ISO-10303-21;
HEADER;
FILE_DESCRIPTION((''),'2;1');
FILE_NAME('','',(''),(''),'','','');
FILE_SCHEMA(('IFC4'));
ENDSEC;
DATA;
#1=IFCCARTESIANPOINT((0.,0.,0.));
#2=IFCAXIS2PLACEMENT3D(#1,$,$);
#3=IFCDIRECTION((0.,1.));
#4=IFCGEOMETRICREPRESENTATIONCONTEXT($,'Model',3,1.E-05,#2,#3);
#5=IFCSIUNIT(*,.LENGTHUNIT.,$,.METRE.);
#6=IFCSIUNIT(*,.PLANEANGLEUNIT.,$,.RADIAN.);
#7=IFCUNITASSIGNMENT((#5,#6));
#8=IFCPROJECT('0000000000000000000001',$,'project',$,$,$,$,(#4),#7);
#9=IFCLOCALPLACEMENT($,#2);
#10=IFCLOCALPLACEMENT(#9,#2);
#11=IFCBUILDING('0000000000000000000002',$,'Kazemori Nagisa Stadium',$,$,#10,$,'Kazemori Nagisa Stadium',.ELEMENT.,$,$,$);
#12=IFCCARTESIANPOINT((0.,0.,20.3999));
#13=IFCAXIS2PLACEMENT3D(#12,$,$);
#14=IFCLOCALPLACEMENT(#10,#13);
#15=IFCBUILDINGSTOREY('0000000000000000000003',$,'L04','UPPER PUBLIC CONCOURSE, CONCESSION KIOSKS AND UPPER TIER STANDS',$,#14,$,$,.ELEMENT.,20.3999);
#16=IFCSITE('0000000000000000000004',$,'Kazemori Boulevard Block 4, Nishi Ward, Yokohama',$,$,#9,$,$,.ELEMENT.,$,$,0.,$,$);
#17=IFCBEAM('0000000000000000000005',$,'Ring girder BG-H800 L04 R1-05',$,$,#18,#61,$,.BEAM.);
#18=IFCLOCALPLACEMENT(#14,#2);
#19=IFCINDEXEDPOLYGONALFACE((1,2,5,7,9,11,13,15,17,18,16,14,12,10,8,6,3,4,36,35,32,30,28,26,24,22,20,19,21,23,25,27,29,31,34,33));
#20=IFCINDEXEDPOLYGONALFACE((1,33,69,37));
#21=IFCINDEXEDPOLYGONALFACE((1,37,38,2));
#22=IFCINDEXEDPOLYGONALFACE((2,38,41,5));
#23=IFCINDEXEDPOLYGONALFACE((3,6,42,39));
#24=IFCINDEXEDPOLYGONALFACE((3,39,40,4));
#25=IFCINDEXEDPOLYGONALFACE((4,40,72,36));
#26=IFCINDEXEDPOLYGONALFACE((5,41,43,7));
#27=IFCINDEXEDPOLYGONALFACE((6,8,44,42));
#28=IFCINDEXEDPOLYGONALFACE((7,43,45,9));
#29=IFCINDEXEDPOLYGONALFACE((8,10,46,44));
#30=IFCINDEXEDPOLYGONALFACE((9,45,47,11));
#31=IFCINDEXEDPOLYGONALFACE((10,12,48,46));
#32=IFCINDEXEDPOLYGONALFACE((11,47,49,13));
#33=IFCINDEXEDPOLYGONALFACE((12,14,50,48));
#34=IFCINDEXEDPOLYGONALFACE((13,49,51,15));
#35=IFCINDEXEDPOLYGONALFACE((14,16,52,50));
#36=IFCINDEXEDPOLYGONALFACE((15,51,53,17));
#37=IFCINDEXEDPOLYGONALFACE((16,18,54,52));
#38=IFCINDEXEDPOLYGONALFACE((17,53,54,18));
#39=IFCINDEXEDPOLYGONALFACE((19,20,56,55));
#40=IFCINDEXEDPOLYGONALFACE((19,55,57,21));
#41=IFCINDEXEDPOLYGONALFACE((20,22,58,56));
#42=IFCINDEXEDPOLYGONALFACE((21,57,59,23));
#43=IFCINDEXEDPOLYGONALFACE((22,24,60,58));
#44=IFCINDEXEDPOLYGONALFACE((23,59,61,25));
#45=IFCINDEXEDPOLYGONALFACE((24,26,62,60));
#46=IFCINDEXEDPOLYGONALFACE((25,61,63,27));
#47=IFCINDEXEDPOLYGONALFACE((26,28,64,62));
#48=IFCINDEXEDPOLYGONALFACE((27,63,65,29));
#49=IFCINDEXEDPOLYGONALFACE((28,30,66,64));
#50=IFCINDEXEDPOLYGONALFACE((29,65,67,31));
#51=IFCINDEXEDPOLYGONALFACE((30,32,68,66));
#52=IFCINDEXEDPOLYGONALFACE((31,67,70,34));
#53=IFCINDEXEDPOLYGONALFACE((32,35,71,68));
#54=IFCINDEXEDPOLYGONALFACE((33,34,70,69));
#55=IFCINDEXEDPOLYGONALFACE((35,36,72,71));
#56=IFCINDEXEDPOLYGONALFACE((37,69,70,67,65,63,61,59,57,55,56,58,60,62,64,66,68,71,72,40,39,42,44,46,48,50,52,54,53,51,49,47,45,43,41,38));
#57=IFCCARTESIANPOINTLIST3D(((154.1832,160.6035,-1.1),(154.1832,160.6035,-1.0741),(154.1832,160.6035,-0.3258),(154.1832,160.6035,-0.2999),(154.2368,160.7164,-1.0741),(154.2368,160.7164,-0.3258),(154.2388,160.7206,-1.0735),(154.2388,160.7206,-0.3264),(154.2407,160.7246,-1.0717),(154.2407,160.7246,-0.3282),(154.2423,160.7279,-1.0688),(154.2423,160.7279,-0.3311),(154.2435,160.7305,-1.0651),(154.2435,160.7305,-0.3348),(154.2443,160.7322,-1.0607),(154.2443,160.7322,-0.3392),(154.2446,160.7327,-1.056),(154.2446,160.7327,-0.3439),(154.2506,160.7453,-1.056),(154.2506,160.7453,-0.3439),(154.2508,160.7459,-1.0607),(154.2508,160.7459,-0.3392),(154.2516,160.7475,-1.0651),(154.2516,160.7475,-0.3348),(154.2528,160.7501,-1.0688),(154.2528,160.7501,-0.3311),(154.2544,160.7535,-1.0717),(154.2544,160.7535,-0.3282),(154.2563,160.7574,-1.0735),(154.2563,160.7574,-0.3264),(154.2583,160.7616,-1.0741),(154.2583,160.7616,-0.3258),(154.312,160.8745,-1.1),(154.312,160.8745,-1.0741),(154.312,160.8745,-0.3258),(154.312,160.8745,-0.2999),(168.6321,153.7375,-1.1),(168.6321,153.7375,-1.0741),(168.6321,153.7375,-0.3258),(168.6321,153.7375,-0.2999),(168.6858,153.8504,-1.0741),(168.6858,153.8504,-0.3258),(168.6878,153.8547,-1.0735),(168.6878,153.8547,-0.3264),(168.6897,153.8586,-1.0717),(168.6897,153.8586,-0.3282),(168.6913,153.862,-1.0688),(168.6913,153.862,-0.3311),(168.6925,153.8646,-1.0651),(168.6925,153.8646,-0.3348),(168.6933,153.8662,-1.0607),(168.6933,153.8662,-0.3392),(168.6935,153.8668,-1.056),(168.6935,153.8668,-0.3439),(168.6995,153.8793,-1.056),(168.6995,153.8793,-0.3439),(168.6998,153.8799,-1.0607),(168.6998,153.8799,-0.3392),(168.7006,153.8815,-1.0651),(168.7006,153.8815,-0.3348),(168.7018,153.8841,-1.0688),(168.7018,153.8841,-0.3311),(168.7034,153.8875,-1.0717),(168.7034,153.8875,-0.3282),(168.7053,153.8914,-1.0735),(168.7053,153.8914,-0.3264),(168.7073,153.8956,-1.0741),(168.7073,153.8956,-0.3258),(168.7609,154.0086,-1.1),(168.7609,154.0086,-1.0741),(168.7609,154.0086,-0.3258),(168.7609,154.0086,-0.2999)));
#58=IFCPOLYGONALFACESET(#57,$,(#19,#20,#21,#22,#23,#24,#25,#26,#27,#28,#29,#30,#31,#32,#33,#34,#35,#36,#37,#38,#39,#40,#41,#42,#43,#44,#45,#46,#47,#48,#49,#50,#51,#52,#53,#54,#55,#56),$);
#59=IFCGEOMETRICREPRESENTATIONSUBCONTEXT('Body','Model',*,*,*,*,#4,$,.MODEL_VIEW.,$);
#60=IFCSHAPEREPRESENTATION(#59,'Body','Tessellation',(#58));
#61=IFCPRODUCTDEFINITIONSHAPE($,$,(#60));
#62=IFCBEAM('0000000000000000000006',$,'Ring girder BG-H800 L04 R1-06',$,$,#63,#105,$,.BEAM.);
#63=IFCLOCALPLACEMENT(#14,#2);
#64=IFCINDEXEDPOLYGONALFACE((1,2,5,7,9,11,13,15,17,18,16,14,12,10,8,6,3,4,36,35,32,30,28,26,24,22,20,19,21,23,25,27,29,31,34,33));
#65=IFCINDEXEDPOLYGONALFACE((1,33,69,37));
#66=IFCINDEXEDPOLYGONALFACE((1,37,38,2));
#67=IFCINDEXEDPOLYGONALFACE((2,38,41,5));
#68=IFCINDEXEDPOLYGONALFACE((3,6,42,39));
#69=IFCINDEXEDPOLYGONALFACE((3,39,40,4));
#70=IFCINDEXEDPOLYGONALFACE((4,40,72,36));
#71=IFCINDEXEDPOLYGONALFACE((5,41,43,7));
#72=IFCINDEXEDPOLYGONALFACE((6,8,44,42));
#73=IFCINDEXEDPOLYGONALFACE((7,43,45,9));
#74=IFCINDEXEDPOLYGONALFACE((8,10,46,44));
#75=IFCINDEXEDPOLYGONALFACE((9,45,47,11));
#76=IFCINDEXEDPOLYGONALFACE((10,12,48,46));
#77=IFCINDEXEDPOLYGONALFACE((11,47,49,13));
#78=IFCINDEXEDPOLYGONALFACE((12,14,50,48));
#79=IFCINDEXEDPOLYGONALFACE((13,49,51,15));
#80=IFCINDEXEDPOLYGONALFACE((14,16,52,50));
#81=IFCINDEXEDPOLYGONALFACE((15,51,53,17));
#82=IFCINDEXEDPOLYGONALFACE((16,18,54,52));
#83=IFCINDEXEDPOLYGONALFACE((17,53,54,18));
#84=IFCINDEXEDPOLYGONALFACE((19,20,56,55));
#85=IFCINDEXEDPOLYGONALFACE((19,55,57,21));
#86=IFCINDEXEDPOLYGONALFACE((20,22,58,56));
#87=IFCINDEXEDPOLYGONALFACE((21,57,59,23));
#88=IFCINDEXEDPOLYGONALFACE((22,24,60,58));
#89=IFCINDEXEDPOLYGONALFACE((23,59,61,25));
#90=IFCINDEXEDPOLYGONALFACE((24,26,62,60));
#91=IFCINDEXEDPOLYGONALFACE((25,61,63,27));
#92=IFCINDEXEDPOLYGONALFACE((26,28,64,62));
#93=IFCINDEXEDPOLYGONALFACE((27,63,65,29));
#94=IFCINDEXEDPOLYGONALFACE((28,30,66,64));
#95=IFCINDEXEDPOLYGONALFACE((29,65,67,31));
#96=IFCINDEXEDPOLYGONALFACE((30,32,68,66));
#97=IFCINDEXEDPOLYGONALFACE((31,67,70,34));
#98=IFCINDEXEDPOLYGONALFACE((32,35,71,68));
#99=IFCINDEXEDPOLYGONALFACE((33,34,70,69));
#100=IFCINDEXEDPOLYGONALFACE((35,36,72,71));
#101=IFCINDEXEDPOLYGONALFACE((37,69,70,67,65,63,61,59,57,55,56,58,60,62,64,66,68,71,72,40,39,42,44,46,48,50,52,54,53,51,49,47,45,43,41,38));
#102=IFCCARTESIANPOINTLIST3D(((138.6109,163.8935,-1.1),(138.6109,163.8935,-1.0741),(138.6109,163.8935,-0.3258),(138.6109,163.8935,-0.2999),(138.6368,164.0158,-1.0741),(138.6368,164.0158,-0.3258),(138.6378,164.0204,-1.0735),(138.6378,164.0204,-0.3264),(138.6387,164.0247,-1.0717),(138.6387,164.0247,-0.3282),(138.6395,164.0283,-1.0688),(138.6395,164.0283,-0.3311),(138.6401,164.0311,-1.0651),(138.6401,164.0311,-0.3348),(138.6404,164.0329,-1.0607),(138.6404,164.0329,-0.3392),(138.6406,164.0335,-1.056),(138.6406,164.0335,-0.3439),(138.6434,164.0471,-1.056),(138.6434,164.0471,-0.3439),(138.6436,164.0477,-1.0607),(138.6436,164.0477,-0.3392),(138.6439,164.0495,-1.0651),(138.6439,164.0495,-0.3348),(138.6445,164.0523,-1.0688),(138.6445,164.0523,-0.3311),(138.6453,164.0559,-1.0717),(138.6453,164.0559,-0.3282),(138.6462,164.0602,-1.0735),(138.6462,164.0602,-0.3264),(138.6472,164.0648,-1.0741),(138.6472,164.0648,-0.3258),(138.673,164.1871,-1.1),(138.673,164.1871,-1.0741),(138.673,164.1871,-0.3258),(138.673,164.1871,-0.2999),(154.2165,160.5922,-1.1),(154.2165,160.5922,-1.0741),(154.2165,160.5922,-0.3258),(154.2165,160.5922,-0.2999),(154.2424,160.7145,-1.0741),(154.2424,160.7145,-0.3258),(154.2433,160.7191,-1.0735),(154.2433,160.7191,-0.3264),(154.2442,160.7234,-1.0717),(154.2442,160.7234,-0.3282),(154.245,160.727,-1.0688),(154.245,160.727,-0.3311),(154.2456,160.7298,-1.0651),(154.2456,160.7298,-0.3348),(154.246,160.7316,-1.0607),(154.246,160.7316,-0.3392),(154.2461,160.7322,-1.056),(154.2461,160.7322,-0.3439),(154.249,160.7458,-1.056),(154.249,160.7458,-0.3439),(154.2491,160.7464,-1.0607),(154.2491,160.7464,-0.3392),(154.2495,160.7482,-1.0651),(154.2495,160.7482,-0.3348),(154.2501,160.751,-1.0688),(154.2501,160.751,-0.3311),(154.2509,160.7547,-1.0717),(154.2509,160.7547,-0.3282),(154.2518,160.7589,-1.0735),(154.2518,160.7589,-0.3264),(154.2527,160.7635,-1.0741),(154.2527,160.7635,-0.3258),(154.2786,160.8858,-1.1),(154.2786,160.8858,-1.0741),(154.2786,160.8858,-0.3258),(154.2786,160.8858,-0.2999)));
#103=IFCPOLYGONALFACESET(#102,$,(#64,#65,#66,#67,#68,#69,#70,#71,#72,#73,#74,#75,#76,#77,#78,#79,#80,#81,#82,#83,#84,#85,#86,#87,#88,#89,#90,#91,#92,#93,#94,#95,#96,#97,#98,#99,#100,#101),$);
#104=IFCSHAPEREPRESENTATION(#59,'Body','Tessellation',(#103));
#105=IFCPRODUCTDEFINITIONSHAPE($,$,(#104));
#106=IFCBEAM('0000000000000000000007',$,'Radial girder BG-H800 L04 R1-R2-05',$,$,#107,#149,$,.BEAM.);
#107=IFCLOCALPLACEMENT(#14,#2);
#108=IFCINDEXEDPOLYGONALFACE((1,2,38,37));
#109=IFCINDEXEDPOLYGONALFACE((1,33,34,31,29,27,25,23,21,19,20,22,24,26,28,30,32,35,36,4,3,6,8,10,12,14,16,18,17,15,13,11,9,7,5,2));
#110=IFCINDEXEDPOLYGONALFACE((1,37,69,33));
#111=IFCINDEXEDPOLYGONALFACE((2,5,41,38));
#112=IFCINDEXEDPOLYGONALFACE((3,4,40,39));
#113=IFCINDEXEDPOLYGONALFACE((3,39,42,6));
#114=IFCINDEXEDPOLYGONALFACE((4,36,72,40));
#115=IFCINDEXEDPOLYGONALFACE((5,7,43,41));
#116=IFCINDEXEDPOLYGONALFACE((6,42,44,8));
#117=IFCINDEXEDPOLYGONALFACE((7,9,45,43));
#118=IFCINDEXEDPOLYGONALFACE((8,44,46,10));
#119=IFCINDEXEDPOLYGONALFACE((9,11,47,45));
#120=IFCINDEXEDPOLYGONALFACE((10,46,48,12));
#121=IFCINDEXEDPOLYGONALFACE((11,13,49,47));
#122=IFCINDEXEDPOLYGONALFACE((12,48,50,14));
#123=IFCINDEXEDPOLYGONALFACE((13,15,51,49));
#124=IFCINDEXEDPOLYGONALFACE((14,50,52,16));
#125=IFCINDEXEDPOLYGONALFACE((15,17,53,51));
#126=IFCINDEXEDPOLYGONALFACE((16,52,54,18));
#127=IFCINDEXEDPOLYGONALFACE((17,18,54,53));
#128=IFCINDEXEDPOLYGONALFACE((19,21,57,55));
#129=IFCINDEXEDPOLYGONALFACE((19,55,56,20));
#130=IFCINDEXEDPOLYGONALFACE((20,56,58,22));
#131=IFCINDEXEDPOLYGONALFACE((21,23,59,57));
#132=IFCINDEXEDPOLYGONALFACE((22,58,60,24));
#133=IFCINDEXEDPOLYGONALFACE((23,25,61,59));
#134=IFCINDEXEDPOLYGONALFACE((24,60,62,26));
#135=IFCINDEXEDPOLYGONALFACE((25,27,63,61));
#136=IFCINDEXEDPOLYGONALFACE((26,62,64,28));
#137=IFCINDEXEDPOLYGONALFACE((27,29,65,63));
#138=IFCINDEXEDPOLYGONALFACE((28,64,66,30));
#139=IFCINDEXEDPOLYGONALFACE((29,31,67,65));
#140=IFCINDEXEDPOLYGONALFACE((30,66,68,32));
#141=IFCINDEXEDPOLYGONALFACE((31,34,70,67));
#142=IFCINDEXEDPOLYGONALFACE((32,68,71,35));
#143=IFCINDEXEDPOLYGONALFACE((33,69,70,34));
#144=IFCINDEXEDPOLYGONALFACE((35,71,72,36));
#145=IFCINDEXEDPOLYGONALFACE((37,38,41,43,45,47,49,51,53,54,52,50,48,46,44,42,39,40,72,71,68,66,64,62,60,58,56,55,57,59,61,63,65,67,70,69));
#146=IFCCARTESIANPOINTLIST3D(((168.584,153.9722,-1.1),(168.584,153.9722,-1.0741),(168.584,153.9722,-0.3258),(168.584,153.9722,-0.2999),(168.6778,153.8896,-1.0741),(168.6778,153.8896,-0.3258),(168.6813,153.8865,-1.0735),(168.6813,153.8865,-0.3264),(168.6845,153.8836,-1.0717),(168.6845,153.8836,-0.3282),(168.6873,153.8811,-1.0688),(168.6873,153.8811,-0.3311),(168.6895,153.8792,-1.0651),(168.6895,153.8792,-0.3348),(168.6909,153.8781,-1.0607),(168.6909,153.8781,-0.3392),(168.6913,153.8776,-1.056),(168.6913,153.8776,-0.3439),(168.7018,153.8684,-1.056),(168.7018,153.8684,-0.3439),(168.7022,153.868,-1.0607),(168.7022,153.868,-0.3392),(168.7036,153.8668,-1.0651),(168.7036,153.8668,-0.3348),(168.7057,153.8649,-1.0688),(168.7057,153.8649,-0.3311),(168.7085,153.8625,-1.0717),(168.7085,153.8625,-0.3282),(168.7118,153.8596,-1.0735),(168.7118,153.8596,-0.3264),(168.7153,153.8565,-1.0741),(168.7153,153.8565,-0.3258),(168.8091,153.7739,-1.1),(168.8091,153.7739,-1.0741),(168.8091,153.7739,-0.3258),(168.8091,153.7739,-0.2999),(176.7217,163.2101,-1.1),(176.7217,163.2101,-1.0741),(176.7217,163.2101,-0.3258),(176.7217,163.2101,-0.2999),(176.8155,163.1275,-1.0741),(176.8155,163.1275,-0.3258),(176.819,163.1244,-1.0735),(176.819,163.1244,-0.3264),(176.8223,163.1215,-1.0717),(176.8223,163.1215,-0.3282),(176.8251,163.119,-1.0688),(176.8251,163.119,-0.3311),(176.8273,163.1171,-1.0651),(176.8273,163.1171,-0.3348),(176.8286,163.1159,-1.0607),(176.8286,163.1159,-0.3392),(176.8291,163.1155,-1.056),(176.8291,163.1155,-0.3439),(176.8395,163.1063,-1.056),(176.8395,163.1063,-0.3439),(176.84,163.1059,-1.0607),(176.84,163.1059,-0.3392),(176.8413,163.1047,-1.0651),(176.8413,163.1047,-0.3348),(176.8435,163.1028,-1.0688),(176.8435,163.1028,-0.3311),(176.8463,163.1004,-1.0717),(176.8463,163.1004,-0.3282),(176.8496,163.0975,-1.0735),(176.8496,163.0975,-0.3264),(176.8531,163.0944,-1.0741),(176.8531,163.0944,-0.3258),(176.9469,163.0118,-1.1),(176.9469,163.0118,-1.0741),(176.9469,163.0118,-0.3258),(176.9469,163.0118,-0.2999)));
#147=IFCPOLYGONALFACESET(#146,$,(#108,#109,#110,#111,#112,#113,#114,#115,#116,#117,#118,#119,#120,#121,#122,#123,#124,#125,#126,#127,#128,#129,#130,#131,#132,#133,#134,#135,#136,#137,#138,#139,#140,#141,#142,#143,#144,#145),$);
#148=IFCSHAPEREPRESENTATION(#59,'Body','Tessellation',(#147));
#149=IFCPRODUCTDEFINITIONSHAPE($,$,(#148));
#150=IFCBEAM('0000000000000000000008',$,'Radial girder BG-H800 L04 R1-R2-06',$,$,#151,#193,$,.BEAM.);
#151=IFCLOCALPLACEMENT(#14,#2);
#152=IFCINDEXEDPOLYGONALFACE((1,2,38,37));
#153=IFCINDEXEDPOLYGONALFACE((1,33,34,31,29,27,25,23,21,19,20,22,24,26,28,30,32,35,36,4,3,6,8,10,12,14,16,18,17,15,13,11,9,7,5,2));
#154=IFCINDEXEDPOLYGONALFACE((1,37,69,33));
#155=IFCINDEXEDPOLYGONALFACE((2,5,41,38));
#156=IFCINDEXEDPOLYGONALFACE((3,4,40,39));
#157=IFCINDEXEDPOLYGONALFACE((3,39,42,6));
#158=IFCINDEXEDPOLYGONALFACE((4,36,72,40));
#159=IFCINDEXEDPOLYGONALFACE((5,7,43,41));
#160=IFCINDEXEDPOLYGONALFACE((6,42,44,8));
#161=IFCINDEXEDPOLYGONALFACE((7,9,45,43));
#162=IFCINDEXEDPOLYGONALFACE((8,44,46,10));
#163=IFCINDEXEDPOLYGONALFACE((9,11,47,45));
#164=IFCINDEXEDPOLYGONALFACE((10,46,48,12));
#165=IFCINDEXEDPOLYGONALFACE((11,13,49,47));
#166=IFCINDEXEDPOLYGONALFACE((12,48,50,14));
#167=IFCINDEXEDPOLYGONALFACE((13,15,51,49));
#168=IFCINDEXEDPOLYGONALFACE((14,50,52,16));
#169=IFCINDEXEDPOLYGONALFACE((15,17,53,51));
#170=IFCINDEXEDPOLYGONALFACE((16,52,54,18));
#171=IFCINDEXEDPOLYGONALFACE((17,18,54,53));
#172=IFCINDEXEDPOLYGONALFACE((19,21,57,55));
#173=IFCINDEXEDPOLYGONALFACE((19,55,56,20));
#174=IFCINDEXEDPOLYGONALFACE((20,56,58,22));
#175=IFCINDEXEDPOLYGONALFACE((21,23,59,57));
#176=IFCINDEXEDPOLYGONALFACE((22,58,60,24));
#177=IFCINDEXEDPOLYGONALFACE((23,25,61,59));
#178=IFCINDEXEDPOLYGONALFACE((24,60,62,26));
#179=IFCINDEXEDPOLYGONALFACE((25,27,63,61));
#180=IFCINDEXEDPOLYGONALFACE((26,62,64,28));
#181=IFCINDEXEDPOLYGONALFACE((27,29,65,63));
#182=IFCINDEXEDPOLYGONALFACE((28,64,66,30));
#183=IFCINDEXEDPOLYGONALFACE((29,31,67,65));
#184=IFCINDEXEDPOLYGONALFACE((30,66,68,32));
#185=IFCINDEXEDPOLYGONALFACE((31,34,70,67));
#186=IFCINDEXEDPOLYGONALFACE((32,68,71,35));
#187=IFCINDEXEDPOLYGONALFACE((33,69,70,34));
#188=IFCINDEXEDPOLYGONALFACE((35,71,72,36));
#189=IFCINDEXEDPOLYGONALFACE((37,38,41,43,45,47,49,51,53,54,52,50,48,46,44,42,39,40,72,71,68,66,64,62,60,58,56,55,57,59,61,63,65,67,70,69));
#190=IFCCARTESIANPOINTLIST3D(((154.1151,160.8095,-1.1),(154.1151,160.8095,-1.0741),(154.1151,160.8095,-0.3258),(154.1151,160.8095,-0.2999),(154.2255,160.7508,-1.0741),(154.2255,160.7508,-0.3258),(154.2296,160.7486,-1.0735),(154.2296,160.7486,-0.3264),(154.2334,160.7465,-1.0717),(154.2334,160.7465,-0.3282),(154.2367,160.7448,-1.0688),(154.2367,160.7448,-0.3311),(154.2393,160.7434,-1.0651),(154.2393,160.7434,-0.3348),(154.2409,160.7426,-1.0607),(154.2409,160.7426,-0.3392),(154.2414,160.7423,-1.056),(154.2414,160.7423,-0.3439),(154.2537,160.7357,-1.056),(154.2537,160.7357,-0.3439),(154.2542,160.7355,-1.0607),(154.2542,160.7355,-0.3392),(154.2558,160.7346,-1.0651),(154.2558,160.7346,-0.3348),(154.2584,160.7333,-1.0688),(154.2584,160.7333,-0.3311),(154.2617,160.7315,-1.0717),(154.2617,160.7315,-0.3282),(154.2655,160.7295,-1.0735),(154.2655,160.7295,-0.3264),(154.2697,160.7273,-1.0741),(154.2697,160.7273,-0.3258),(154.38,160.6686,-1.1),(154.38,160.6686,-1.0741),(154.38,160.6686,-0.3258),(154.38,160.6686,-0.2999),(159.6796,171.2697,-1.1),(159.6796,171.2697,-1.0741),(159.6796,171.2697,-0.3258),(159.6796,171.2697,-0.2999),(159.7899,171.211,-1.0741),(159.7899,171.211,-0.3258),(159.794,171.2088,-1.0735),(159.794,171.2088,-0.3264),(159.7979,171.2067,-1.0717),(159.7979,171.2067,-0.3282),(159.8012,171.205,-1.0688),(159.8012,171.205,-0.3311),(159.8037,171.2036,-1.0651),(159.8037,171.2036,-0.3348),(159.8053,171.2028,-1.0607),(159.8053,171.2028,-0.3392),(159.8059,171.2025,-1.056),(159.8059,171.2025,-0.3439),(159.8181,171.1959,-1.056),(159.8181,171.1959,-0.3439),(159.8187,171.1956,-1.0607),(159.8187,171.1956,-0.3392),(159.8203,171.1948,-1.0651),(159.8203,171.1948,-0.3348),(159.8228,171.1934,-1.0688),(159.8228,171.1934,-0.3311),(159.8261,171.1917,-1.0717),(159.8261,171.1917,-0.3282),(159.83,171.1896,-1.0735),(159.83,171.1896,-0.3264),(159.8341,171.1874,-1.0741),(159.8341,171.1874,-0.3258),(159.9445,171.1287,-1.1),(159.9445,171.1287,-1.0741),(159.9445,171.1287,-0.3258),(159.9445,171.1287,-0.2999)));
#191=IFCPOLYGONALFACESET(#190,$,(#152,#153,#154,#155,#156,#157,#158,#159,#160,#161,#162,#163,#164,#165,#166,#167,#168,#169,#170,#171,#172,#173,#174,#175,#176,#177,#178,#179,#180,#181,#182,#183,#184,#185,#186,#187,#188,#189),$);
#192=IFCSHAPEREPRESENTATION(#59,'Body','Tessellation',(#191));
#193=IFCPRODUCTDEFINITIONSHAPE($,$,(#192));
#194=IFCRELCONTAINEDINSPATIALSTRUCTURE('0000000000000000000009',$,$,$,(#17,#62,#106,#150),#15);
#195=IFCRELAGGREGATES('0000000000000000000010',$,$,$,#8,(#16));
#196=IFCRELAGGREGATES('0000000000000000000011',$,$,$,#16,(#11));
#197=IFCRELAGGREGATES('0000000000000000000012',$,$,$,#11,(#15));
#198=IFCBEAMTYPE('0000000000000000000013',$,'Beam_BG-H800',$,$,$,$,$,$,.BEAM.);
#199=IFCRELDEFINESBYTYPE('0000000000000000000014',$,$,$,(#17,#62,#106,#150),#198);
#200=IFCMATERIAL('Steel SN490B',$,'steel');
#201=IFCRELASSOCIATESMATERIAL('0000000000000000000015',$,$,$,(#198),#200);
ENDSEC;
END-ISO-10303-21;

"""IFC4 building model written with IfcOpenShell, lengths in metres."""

from ifc_helpers import new_model, si_unit, direction, frame, origin, origin_2d, place, context, subcontext, project, spatial, i_section, extrude, material, material_profile, profile_set, type_object, element, save


model = new_model("IFC4")

# Units and contexts
model_context = context("Model", 3, precision=1e-05, world=origin(), true_north=direction((0.0, 1.0)))
body_context = subcontext(model_context, "Body", "Model", "MODEL_VIEW")
ifc_project = project(units=[si_unit("LENGTHUNIT", "METRE"), si_unit("PLANEANGLEUNIT", "RADIAN")], contexts=[model_context])

# Site, building, storey
site_placement = place(None, origin())
site = spatial("IfcSite", under=ifc_project, at=site_placement, Name="Kazemori Boulevard Block 4, Nishi Ward, Yokohama", CompositionType="ELEMENT", RefElevation=0.0)
building_placement = place(site_placement, origin())
building = spatial("IfcBuilding", under=site, at=building_placement, Name="Kazemori Nagisa Stadium", LongName="Kazemori Nagisa Stadium", CompositionType="ELEMENT")
storey_placement = place(building_placement, frame((0.0, 0.0, 20.3999)))
storey = spatial("IfcBuildingStorey", under=building, at=storey_placement, Name="L04", Description="UPPER PUBLIC CONCOURSE, CONCESSION KIOSKS AND UPPER TIER STANDS", CompositionType="ELEMENT", Elevation=20.3999)

# Beams
ifc_material_1 = material(Name="Steel SN490B", Category="steel")
ifc_material_profile_1 = material_profile(ifc_material_1, i_section(OverallWidth=0.3, OverallDepth=0.8, WebThickness=0.0139, FlangeThickness=0.0259, FilletRadius=0.0181, at=origin_2d()), Name="H-800x300x14x26")
ifc_profile_set_1 = profile_set([ifc_material_profile_1], Name="Steel SN490B")
beam_type_1 = type_object("IfcBeamType", Name="Beam_BG-H800", PredefinedType="BEAM", material=ifc_profile_set_1)
beam_1_placement = place(storey_placement, frame((168.6965, 153.873, -0.7), z_axis=(-0.903212, 0.429195, 0.0), x_axis=(-0.429195, -0.903212, 0.0)))
element("IfcBeam", 1, at=beam_1_placement, inside=storey, type_object=beam_type_1, Name="Ring girder BG-H800 L04 R1-05", PredefinedType="BEAM", context=body_context, shape_type="SweptSolid", body=[
    extrude(i_section(OverallWidth=0.3, OverallDepth=0.8, WebThickness=0.0139, FlangeThickness=0.0259, FilletRadius=0.0181, at=origin_2d()), origin(), (0.0, 0.0, 1.0), 15.9973),
])
beam_2_placement = place(storey_placement, frame((154.2476, 160.739, -0.7), z_axis=(-0.978348, 0.206965, 0.0), x_axis=(-0.206965, -0.978348, 0.0)))
element("IfcBeam", 2, at=beam_2_placement, inside=storey, type_object=beam_type_1, Name="Ring girder BG-H800 L04 R1-06", PredefinedType="BEAM", context=body_context, shape_type="SweptSolid", body=[
    extrude(i_section(OverallWidth=0.3, OverallDepth=0.8, WebThickness=0.0139, FlangeThickness=0.0259, FilletRadius=0.0181, at=origin_2d()), origin(), (0.0, 0.0, 1.0), 15.9509),
])
beam_3_placement = place(storey_placement, frame((168.6965, 153.873, -0.7), z_axis=(0.661014, 0.750374, 0.0), x_axis=(-0.750374, 0.661014, 0.0)))
element("IfcBeam", 3, at=beam_3_placement, inside=storey, type_object=beam_type_1, Name="Radial girder BG-H800 L04 R1-R2-05", PredefinedType="BEAM", context=body_context, shape_type="SweptSolid", body=[
    extrude(i_section(OverallWidth=0.3, OverallDepth=0.8, WebThickness=0.0139, FlangeThickness=0.0259, FilletRadius=0.0181, at=origin_2d()), origin(), (0.0, 0.0, 1.0), 12.311),
])
beam_4_placement = place(storey_placement, frame((154.2476, 160.739, -0.7), z_axis=(0.469647, 0.882854, 0.0), x_axis=(-0.882854, 0.469647, 0.0)))
element("IfcBeam", 4, at=beam_4_placement, inside=storey, type_object=beam_type_1, Name="Radial girder BG-H800 L04 R1-R2-06", PredefinedType="BEAM", context=body_context, shape_type="SweptSolid", body=[
    extrude(i_section(OverallWidth=0.3, OverallDepth=0.8, WebThickness=0.0139, FlangeThickness=0.0259, FilletRadius=0.0181, at=origin_2d()), origin(), (0.0, 0.0, 1.0), 11.8481),
])

save(model, "model.ifc")
